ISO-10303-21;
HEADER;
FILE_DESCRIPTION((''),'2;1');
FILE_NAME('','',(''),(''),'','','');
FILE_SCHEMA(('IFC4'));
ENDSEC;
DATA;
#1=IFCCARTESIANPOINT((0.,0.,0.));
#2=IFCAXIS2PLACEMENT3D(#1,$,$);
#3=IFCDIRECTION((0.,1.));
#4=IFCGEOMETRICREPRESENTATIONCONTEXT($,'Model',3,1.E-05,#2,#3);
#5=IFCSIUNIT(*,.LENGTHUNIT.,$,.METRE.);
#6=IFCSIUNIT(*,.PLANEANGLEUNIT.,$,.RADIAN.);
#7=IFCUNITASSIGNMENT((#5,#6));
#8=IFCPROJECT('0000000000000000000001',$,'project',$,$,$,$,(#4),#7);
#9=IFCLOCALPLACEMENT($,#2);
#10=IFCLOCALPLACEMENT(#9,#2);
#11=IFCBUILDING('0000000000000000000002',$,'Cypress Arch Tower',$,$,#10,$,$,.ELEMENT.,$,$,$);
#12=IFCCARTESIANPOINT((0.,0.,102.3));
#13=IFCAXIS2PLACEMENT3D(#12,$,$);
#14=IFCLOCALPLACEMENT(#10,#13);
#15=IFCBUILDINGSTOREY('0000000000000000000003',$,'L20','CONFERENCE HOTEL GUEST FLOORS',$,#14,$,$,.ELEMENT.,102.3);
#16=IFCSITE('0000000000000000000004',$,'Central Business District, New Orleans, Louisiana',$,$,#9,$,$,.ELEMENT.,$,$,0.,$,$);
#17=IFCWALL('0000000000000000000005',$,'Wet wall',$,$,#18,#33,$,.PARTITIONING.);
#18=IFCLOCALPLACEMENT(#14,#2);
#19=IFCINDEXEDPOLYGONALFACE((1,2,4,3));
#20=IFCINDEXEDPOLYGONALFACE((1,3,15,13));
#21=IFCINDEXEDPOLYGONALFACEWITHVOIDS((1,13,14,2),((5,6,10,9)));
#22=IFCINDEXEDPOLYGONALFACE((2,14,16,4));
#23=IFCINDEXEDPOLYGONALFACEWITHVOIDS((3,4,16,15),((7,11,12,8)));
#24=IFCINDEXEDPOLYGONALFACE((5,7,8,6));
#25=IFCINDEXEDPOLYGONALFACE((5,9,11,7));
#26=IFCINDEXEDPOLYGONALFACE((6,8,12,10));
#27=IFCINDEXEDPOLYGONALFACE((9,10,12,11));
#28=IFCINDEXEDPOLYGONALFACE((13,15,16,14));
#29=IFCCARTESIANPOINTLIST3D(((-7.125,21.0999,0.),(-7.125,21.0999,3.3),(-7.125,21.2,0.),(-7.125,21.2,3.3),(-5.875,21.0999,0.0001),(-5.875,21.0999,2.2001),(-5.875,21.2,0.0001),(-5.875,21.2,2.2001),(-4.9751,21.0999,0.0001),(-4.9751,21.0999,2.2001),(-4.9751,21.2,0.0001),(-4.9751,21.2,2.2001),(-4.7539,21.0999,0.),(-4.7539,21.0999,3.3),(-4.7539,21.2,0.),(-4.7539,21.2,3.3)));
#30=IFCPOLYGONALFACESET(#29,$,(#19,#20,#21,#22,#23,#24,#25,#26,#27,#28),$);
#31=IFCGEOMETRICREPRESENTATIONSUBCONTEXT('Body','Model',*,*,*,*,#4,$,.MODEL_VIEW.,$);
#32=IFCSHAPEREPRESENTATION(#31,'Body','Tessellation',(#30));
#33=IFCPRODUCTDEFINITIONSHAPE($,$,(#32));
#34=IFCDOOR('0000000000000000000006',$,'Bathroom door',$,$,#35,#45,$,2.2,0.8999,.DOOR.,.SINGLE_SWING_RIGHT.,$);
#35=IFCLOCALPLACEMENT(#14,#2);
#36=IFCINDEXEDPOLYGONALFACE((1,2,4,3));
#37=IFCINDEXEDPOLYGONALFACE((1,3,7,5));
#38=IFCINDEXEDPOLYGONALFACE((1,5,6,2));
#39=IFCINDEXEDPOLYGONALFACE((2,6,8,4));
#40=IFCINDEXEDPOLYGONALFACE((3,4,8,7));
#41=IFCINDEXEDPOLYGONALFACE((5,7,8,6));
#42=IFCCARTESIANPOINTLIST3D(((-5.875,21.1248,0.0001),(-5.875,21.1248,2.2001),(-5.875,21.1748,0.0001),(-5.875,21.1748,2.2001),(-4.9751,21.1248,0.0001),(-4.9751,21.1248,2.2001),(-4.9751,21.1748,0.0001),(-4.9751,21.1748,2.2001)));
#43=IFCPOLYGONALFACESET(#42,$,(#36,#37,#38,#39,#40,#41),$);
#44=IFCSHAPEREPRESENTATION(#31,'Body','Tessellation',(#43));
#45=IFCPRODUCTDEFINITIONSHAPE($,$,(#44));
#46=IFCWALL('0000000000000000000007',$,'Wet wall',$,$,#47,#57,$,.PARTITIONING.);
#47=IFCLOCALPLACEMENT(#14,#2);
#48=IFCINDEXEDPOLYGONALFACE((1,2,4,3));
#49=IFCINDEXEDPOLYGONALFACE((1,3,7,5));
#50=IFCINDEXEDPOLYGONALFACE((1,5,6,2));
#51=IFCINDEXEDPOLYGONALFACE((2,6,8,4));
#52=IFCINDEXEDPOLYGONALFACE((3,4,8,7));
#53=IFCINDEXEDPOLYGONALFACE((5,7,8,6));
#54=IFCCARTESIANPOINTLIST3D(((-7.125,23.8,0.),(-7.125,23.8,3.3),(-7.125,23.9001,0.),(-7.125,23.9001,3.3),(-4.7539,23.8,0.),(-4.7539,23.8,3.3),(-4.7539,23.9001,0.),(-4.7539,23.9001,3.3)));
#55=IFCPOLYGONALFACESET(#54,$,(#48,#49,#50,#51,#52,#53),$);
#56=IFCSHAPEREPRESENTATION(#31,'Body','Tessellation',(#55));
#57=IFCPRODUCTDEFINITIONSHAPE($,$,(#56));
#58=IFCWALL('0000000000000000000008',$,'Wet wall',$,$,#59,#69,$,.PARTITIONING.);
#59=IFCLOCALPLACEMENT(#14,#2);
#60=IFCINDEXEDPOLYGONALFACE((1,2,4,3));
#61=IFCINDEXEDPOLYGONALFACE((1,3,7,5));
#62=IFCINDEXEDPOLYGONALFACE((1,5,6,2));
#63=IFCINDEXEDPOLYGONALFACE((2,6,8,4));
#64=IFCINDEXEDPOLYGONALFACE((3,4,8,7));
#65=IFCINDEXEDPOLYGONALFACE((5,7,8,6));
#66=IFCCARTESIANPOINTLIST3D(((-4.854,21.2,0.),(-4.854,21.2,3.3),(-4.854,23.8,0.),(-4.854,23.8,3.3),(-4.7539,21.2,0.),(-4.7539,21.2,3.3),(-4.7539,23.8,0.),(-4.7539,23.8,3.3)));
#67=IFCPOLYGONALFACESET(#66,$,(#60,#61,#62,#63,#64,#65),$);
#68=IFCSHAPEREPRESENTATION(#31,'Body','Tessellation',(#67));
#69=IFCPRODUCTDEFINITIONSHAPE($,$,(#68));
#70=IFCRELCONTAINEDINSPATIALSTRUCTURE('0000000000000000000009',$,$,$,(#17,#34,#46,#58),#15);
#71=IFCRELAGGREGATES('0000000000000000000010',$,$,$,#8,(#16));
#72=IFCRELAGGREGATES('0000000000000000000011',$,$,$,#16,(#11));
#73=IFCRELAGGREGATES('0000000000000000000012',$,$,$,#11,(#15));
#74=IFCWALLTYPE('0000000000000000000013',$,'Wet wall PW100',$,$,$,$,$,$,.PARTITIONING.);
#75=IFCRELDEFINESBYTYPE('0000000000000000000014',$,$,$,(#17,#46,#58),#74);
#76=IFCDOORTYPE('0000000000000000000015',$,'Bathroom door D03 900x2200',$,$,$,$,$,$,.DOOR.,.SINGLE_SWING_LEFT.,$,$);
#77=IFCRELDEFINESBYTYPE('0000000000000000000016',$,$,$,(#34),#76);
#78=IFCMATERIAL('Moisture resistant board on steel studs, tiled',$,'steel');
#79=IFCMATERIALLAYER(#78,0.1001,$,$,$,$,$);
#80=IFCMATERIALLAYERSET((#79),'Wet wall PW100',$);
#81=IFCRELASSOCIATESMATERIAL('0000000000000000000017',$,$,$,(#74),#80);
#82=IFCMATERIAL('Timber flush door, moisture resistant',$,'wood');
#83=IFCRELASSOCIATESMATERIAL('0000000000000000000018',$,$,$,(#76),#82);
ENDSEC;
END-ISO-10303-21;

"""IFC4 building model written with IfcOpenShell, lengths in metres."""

from ifc_helpers import new_model, si_unit, direction, frame, frame_2d, origin, place, context, subcontext, project, spatial, rectangle, extrude, material, layer, layer_set, type_object, element, fill, save


model = new_model("IFC4")

# Units and contexts
model_context = context("Model", 3, precision=1e-05, world=origin(), true_north=direction((0.0, 1.0)))
body_context = subcontext(model_context, "Body", "Model", "MODEL_VIEW")
ifc_project = project(units=[si_unit("LENGTHUNIT", "METRE"), si_unit("PLANEANGLEUNIT", "RADIAN")], contexts=[model_context])

# Site, building, storey
site_placement = place(None, origin())
site = spatial("IfcSite", under=ifc_project, at=site_placement, Name="Central Business District, New Orleans, Louisiana", CompositionType="ELEMENT", RefElevation=0.0)
building_placement = place(site_placement, origin())
building = spatial("IfcBuilding", under=site, at=building_placement, Name="Cypress Arch Tower", CompositionType="ELEMENT")
storey_placement = place(building_placement, frame((0.0, 0.0, 102.3)))
storey = spatial("IfcBuildingStorey", under=building, at=storey_placement, Name="L20", Description="CONFERENCE HOTEL GUEST FLOORS", CompositionType="ELEMENT", Elevation=102.3)

# Shared definitions
ifc_material_1 = material(Name="Moisture resistant board on steel studs, tiled", Category="steel")
ifc_layer_1 = layer(ifc_material_1, 0.1001)
ifc_layer_set_1 = layer_set([ifc_layer_1], Name="Wet wall PW100")
wall_type_1 = type_object("IfcWallType", Name="Wet wall PW100", PredefinedType="PARTITIONING", material=ifc_layer_set_1)
ifc_material_2 = material(Name="Timber flush door, moisture resistant", Category="wood")
door_type = type_object("IfcDoorType", Name="Bathroom door D03 900x2200", OperationType="SINGLE_SWING_LEFT", PredefinedType="DOOR", material=ifc_material_2)

# Wall, opening, door
wall_1_placement = place(storey_placement, frame((-7.125, 21.1499, 0.0), z_axis=(0.0, 0.0, 1.0), x_axis=(1.0, 0.0, 0.0)))
wall_1 = element("IfcWall", 1, at=wall_1_placement, inside=storey, type_object=wall_type_1, Name="Wet wall", PredefinedType="PARTITIONING", context=body_context, shape_type="SweptSolid", body=[
    extrude(rectangle(XDim=2.3711, YDim=0.1001, at=frame_2d((1.1855, 0.0))), origin(), (0.0, 0.0, 1.0), 3.3),
])
opening_1_placement = place(wall_1_placement, frame((1.25, 0.0, 0.0)))
opening_1 = element("IfcOpeningElement", 2, at=opening_1_placement, cuts=wall_1, PredefinedType="OPENING", context=body_context, shape_type="SweptSolid", body=[
    extrude(rectangle(XDim=0.8999, YDim=2.2, at=frame_2d((0.45, 1.1001))), frame((0.0, 0.0601, 0.0), z_axis=(0.0, -1.0, 0.0), x_axis=(1.0, 0.0, 0.0)), (0.0, 0.0, 1.0), 0.1201),
])
door_1_placement = place(opening_1_placement, origin())
door_1 = element("IfcDoor", 3, at=door_1_placement, inside=storey, type_object=door_type, Name="Bathroom door", OperationType="SINGLE_SWING_RIGHT", OverallHeight=2.2, OverallWidth=0.8999, PredefinedType="DOOR", context=body_context, shape_type="SweptSolid", body=[
    extrude(rectangle(XDim=0.8999, YDim=2.2, at=frame_2d((0.45, 1.1001))), frame((0.0, 0.0249, 0.0), z_axis=(0.0, -1.0, 0.0), x_axis=(1.0, 0.0, 0.0)), (0.0, 0.0, 1.0), 0.05),
])
fill(opening_1, door_1)

# Walls
wall_2_placement = place(storey_placement, frame((-7.125, 23.8501, 0.0), z_axis=(0.0, 0.0, 1.0), x_axis=(1.0, 0.0, 0.0)))
element("IfcWall", 4, at=wall_2_placement, inside=storey, type_object=wall_type_1, Name="Wet wall", PredefinedType="PARTITIONING", context=body_context, shape_type="SweptSolid", body=[
    extrude(rectangle(XDim=2.3711, YDim=0.1001, at=frame_2d((1.1855, 0.0))), origin(), (0.0, 0.0, 1.0), 3.3),
])
wall_3_placement = place(storey_placement, frame((-4.804, 21.2, 0.0), z_axis=(0.0, 0.0, 1.0), x_axis=(0.0, 1.0, 0.0)))
element("IfcWall", 5, at=wall_3_placement, inside=storey, type_object=wall_type_1, Name="Wet wall", PredefinedType="PARTITIONING", context=body_context, shape_type="SweptSolid", body=[
    extrude(rectangle(XDim=2.6001, YDim=0.1001, at=frame_2d((1.3, 0.0))), origin(), (0.0, 0.0, 1.0), 3.3),
])

save(model, "model.ifc")
